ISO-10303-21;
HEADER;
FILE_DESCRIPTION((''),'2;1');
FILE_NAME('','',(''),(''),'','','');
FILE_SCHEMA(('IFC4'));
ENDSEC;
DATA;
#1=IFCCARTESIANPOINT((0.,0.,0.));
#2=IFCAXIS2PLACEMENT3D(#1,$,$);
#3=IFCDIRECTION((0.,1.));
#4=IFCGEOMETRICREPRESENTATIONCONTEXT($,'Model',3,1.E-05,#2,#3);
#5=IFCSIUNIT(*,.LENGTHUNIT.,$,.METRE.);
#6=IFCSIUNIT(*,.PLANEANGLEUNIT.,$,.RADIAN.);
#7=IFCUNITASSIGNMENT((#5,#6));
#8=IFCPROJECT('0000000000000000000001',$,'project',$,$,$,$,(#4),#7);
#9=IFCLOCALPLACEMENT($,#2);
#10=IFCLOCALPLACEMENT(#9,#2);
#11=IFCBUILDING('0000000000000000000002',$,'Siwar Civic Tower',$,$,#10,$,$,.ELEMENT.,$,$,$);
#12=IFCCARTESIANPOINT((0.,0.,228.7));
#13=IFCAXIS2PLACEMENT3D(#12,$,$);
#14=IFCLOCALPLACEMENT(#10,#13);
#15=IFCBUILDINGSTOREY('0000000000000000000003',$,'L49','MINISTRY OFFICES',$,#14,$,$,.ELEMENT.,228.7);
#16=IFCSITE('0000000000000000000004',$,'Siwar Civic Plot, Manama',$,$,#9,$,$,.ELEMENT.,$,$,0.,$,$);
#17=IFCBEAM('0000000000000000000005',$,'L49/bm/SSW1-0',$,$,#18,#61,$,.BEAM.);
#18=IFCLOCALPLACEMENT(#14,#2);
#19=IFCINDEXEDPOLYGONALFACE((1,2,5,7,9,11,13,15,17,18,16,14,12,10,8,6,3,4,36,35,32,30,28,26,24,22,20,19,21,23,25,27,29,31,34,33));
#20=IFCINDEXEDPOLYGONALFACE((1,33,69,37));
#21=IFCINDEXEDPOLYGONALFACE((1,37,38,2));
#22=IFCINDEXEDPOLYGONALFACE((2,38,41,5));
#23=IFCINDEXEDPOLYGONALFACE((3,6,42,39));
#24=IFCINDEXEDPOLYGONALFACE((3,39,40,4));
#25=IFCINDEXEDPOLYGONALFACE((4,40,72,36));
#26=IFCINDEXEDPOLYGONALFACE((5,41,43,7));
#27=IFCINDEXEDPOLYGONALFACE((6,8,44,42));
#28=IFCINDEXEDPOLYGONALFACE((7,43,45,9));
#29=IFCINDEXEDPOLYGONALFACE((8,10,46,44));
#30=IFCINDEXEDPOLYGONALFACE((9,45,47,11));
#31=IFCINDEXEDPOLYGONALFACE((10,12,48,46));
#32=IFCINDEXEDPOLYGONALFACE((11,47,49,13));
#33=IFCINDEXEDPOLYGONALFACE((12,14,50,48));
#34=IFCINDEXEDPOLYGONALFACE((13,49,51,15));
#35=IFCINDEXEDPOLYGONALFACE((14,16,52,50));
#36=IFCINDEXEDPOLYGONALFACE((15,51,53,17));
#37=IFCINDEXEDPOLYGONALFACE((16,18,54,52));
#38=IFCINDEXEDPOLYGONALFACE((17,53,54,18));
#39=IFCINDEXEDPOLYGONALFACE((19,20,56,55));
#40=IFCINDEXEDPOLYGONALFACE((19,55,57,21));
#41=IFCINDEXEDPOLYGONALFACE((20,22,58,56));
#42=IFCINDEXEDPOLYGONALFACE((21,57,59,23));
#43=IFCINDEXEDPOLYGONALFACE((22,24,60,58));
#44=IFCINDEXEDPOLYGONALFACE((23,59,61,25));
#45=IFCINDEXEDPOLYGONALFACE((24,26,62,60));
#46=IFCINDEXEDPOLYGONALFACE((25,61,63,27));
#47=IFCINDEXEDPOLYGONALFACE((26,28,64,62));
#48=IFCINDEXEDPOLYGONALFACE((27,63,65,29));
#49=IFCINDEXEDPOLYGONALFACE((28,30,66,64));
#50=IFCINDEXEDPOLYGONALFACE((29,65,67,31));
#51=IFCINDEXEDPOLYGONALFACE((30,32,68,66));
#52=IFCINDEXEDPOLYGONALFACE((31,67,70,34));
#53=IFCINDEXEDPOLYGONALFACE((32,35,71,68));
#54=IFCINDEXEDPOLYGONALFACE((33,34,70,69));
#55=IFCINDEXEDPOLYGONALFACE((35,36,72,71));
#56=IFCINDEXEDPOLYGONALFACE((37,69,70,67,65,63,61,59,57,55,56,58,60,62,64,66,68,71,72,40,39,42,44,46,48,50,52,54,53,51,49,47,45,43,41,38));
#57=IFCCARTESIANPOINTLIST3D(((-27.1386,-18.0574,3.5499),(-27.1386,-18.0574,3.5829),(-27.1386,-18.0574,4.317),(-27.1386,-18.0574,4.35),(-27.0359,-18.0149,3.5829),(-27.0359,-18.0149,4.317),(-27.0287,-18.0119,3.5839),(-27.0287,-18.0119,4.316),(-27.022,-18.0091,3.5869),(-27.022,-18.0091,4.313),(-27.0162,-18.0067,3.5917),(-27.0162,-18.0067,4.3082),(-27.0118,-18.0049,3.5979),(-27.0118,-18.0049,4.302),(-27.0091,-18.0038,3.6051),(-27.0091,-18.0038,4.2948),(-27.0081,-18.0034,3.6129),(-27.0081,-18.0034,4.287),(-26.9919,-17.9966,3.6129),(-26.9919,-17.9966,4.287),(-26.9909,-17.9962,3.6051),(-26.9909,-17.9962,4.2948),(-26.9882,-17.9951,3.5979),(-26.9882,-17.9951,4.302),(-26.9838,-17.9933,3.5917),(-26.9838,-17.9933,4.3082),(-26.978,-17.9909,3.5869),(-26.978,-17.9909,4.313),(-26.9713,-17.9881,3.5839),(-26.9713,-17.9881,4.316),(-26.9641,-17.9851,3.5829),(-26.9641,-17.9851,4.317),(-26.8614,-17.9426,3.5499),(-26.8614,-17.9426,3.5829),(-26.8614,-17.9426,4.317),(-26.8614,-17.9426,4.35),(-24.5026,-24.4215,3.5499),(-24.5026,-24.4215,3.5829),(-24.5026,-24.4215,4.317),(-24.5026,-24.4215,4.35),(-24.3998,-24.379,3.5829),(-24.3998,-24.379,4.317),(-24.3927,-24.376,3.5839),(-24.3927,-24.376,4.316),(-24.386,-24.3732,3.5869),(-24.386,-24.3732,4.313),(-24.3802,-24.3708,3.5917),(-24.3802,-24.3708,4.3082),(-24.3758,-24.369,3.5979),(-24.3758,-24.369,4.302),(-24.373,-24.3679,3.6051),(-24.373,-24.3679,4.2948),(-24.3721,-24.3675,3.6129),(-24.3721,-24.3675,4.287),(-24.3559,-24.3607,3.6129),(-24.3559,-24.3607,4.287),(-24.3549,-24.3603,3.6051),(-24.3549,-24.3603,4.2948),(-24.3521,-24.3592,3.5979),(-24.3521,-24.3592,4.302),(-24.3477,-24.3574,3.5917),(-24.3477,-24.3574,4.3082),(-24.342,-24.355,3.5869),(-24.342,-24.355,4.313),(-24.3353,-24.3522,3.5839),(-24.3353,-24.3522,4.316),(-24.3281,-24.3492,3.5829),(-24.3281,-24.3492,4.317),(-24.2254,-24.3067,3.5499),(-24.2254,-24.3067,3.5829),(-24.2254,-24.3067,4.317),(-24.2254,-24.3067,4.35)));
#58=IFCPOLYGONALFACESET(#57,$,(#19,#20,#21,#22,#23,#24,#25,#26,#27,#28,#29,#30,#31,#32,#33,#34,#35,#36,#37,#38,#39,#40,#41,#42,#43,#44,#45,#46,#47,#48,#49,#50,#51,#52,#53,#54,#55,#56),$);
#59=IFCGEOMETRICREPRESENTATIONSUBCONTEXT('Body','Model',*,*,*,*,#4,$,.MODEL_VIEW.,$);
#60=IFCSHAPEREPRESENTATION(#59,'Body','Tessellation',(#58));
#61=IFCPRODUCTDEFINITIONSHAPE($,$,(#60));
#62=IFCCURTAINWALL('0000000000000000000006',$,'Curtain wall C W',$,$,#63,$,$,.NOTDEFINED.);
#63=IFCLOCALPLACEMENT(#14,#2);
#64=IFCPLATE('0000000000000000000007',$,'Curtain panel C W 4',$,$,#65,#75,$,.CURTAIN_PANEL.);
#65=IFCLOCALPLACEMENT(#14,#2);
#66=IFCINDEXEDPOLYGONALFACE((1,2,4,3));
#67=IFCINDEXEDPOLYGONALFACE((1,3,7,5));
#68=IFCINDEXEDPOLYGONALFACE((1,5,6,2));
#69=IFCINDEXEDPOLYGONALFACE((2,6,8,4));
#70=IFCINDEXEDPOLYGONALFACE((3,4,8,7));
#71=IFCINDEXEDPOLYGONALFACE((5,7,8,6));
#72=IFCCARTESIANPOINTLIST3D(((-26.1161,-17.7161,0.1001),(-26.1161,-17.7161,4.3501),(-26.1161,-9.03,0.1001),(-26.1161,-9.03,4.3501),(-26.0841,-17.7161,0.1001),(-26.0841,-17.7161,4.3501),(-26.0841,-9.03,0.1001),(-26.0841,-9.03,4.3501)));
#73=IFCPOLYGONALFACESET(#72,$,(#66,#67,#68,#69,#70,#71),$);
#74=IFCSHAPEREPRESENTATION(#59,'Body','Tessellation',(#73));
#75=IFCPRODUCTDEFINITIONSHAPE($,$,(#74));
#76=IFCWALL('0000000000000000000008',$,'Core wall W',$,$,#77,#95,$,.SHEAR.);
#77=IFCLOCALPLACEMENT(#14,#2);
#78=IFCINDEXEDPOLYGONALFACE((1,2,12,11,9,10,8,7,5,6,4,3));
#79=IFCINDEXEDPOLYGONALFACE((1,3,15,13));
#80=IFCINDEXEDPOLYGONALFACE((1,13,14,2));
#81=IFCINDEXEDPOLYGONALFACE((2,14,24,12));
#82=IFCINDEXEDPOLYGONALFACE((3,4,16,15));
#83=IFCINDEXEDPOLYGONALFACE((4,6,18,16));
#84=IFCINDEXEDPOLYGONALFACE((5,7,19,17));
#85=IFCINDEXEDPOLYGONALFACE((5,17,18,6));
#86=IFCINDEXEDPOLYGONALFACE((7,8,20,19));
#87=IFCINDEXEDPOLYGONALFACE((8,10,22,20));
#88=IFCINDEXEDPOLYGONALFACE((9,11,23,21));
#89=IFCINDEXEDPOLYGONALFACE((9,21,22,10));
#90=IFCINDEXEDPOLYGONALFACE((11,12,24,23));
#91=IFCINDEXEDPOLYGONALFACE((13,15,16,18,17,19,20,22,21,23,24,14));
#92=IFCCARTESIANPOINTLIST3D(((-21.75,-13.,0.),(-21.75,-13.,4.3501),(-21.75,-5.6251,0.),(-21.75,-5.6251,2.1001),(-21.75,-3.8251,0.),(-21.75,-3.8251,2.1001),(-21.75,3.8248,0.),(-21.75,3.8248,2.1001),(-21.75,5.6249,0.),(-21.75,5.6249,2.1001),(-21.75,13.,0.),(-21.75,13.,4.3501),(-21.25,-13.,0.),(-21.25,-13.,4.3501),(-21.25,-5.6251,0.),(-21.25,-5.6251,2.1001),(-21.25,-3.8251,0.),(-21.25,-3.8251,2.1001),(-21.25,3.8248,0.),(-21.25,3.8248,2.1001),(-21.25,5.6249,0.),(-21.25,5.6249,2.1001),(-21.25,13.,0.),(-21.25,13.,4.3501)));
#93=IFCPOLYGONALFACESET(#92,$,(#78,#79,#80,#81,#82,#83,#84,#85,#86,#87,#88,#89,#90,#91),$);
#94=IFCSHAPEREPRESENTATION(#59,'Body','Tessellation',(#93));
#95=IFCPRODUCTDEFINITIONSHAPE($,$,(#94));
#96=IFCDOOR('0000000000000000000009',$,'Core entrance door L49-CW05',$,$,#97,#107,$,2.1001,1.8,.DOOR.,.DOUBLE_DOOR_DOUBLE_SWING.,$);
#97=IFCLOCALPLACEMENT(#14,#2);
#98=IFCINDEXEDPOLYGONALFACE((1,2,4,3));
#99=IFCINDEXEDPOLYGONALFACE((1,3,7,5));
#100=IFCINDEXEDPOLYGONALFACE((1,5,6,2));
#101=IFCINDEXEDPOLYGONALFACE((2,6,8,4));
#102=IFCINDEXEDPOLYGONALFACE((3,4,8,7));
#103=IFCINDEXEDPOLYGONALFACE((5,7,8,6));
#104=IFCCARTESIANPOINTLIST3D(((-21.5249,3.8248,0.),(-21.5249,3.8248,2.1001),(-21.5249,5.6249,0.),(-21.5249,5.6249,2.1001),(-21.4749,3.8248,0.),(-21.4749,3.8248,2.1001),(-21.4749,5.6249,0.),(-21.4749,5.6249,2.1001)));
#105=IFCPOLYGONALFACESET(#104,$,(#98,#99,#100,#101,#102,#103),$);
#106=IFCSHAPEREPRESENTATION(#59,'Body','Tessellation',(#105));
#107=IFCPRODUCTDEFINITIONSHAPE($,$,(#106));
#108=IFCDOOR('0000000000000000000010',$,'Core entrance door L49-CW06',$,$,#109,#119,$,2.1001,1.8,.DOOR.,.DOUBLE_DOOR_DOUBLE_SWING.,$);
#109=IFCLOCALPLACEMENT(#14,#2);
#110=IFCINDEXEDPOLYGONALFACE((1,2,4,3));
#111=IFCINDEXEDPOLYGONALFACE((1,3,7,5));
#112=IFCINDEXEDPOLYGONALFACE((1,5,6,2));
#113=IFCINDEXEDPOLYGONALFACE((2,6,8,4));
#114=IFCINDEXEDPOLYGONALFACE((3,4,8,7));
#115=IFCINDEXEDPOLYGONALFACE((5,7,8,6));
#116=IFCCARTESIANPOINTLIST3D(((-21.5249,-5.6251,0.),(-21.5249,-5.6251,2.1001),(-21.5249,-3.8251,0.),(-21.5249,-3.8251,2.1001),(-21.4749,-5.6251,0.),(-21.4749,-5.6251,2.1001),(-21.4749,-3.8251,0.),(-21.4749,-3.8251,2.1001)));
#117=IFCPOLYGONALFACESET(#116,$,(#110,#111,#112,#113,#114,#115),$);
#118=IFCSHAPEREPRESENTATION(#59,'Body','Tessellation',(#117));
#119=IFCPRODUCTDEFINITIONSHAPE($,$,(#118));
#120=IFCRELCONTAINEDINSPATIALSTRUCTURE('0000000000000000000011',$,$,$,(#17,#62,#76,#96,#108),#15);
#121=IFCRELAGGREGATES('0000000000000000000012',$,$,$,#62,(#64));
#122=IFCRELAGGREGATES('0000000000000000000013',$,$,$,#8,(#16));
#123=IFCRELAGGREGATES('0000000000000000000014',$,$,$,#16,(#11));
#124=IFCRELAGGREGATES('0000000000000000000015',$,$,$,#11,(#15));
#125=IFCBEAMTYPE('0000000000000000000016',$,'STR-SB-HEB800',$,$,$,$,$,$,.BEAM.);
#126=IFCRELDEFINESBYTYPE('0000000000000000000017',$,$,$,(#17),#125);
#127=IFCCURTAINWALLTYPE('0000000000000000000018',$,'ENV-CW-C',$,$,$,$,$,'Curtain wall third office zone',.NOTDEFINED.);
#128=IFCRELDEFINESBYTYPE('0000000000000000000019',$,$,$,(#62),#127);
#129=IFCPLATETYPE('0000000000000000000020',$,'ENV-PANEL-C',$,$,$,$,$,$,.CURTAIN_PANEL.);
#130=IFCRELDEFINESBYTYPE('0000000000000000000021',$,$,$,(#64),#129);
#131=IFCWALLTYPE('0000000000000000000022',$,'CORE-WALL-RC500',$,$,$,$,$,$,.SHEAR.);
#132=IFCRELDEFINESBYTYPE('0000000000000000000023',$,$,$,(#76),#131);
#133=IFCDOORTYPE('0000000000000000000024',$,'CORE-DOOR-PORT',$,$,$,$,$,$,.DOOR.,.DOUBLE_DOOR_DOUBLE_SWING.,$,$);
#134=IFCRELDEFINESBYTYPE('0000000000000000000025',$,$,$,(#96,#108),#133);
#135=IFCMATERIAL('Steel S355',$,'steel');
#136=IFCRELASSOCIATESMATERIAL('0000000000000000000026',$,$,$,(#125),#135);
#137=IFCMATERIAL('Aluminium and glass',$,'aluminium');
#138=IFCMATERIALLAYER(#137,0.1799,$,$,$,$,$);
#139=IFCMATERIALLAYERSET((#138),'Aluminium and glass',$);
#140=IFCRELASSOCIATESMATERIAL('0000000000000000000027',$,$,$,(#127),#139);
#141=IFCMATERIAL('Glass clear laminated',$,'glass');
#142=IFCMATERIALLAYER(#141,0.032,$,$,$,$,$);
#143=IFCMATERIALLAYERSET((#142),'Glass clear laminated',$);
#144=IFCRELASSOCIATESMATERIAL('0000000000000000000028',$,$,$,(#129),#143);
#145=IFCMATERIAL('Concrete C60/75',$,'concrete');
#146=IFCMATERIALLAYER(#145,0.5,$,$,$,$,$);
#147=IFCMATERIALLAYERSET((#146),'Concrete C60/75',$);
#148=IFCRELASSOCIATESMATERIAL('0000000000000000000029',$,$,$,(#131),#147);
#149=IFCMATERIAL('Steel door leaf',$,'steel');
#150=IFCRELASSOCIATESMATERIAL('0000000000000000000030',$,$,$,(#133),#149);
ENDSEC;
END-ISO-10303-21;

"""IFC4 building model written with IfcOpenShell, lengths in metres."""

from ifc_helpers import new_model, si_unit, direction, frame, frame_2d, origin, origin_2d, place, context, subcontext, project, spatial, rectangle, i_section, extrude, material, layer, layer_set, material_profile, profile_set, type_object, element, fill, aggregate, save


model = new_model("IFC4")

# Units and contexts
model_context = context("Model", 3, precision=1e-05, world=origin(), true_north=direction((0.0, 1.0)))
body_context = subcontext(model_context, "Body", "Model", "MODEL_VIEW")
ifc_project = project(units=[si_unit("LENGTHUNIT", "METRE"), si_unit("PLANEANGLEUNIT", "RADIAN")], contexts=[model_context])

# Site, building, storey
site_placement = place(None, origin())
site = spatial("IfcSite", under=ifc_project, at=site_placement, Name="Siwar Civic Plot, Manama", CompositionType="ELEMENT", RefElevation=0.0)
building_placement = place(site_placement, origin())
building = spatial("IfcBuilding", under=site, at=building_placement, Name="Siwar Civic Tower", CompositionType="ELEMENT")
storey_placement = place(building_placement, frame((0.0, 0.0, 228.7)))
storey = spatial("IfcBuildingStorey", under=building, at=storey_placement, Name="L49", Description="MINISTRY OFFICES", CompositionType="ELEMENT", Elevation=228.7)

# Beam
ifc_material_1 = material(Name="Steel S355", Category="steel")
ifc_material_profile_1 = material_profile(ifc_material_1, i_section(OverallWidth=0.3, OverallDepth=0.8, WebThickness=0.0176, FlangeThickness=0.033, FilletRadius=0.03, at=origin_2d()), Name="HEB800")
ifc_profile_set_1 = profile_set([ifc_material_profile_1], Name="Steel S355")
beam_type_1 = type_object("IfcBeamType", Name="STR-SB-HEB800", PredefinedType="BEAM", material=ifc_profile_set_1)
beam_1_placement = place(storey_placement, frame((-27.0, -18.0, 3.95), z_axis=(0.382674, -0.923883, 0.0), x_axis=(0.923883, 0.382674, 0.0)))
element("IfcBeam", 1, at=beam_1_placement, inside=storey, type_object=beam_type_1, Name="L49/bm/SSW1-0", PredefinedType="BEAM", context=body_context, shape_type="SweptSolid", body=[
    extrude(i_section(OverallWidth=0.3, OverallDepth=0.8, WebThickness=0.0176, FlangeThickness=0.033, FilletRadius=0.03, at=origin_2d()), origin(), (0.0, 0.0, 1.0), 6.8884),
])

# Curtain wall, plate
ifc_material_2 = material(Name="Aluminium and glass", Category="aluminium")
ifc_layer_1 = layer(ifc_material_2, 0.1799)
ifc_layer_set_1 = layer_set([ifc_layer_1], Name="Aluminium and glass")
curtain_wall_type_1 = type_object("IfcCurtainWallType", Name="ENV-CW-C", ElementType="Curtain wall third office zone", PredefinedType="NOTDEFINED", material=ifc_layer_set_1)
curtain_wall_1_placement = place(storey_placement, origin())
curtain_wall_1 = element("IfcCurtainWall", 2, at=curtain_wall_1_placement, inside=storey, type_object=curtain_wall_type_1, Name="Curtain wall C W", PredefinedType="NOTDEFINED")
ifc_material_3 = material(Name="Glass clear laminated", Category="glass")
ifc_layer_2 = layer(ifc_material_3, 0.032)
ifc_layer_set_2 = layer_set([ifc_layer_2], Name="Glass clear laminated")
plate_type = type_object("IfcPlateType", Name="ENV-PANEL-C", PredefinedType="CURTAIN_PANEL", material=ifc_layer_set_2)
plate_placement = place(storey_placement, frame((-26.1001, -13.373, 0.1001), z_axis=(0.0, 0.0, 1.0), x_axis=(0.0, -1.0, 0.0)))
plate = element("IfcPlate", 3, at=plate_placement, type_object=plate_type, Name="Curtain panel C W 4", PredefinedType="CURTAIN_PANEL", context=body_context, shape_type="SweptSolid", body=[
    extrude(rectangle(XDim=8.686, YDim=0.032, at=origin_2d()), origin(), (0.0, 0.0, 1.0), 4.25),
])
aggregate(curtain_wall_1, [plate])

# Wall, openings, doors
ifc_material_4 = material(Name="Concrete C60/75", Category="concrete")
ifc_layer_3 = layer(ifc_material_4, 0.5)
ifc_layer_set_3 = layer_set([ifc_layer_3], Name="Concrete C60/75")
wall_type_1 = type_object("IfcWallType", Name="CORE-WALL-RC500", PredefinedType="SHEAR", material=ifc_layer_set_3)
wall_1_placement = place(storey_placement, frame((-21.5, -13.0, 0.0), z_axis=(0.0, 0.0, 1.0), x_axis=(0.0, 1.0, 0.0)))
wall_1 = element("IfcWall", 4, at=wall_1_placement, inside=storey, type_object=wall_type_1, Name="Core wall W", PredefinedType="SHEAR", context=body_context, shape_type="SweptSolid", body=[
    extrude(rectangle(XDim=26.0, YDim=0.5, at=frame_2d((13.0, 0.0))), origin(), (0.0, 0.0, 1.0), 4.3501),
])
opening_1_placement = place(wall_1_placement, frame((16.825, 0.0, 0.0)))
opening_1 = element("IfcOpeningElement", 5, at=opening_1_placement, cuts=wall_1, PredefinedType="OPENING", context=body_context, shape_type="SweptSolid", body=[
    extrude(rectangle(XDim=1.8, YDim=2.1001, at=frame_2d((0.8999, 1.05))), frame((0.0, 0.26, 0.0), z_axis=(0.0, -1.0, 0.0), x_axis=(1.0, 0.0, 0.0)), (0.0, 0.0, 1.0), 0.52),
])
opening_2_placement = place(wall_1_placement, frame((7.375, 0.0, 0.0)))
opening_2 = element("IfcOpeningElement", 6, at=opening_2_placement, cuts=wall_1, PredefinedType="OPENING", context=body_context, shape_type="SweptSolid", body=[
    extrude(rectangle(XDim=1.8, YDim=2.1001, at=frame_2d((0.8999, 1.05))), frame((0.0, 0.26, 0.0), z_axis=(0.0, -1.0, 0.0), x_axis=(1.0, 0.0, 0.0)), (0.0, 0.0, 1.0), 0.52),
])
ifc_material_5 = material(Name="Steel door leaf", Category="steel")
door_type_1 = type_object("IfcDoorType", Name="CORE-DOOR-PORT", OperationType="DOUBLE_DOOR_DOUBLE_SWING", PredefinedType="DOOR", material=ifc_material_5)
door_1_placement = place(opening_1_placement, origin())
door_1 = element("IfcDoor", 7, at=door_1_placement, inside=storey, type_object=door_type_1, Name="Core entrance door L49-CW05", OperationType="DOUBLE_DOOR_DOUBLE_SWING", OverallHeight=2.1001, OverallWidth=1.8, PredefinedType="DOOR", context=body_context, shape_type="SweptSolid", body=[
    extrude(rectangle(XDim=1.8, YDim=2.1001, at=frame_2d((0.8999, 1.05))), frame((0.0, 0.0249, 0.0), z_axis=(0.0, -1.0, 0.0), x_axis=(1.0, 0.0, 0.0)), (0.0, 0.0, 1.0), 0.05),
])
fill(opening_1, door_1)
door_2_placement = place(opening_2_placement, origin())
door_2 = element("IfcDoor", 8, at=door_2_placement, inside=storey, type_object=door_type_1, Name="Core entrance door L49-CW06", OperationType="DOUBLE_DOOR_DOUBLE_SWING", OverallHeight=2.1001, OverallWidth=1.8, PredefinedType="DOOR", context=body_context, shape_type="SweptSolid", body=[
    extrude(rectangle(XDim=1.8, YDim=2.1001, at=frame_2d((0.8999, 1.05))), frame((0.0, 0.0249, 0.0), z_axis=(0.0, -1.0, 0.0), x_axis=(1.0, 0.0, 0.0)), (0.0, 0.0, 1.0), 0.05),
])
fill(opening_2, door_2)

save(model, "model.ifc")
